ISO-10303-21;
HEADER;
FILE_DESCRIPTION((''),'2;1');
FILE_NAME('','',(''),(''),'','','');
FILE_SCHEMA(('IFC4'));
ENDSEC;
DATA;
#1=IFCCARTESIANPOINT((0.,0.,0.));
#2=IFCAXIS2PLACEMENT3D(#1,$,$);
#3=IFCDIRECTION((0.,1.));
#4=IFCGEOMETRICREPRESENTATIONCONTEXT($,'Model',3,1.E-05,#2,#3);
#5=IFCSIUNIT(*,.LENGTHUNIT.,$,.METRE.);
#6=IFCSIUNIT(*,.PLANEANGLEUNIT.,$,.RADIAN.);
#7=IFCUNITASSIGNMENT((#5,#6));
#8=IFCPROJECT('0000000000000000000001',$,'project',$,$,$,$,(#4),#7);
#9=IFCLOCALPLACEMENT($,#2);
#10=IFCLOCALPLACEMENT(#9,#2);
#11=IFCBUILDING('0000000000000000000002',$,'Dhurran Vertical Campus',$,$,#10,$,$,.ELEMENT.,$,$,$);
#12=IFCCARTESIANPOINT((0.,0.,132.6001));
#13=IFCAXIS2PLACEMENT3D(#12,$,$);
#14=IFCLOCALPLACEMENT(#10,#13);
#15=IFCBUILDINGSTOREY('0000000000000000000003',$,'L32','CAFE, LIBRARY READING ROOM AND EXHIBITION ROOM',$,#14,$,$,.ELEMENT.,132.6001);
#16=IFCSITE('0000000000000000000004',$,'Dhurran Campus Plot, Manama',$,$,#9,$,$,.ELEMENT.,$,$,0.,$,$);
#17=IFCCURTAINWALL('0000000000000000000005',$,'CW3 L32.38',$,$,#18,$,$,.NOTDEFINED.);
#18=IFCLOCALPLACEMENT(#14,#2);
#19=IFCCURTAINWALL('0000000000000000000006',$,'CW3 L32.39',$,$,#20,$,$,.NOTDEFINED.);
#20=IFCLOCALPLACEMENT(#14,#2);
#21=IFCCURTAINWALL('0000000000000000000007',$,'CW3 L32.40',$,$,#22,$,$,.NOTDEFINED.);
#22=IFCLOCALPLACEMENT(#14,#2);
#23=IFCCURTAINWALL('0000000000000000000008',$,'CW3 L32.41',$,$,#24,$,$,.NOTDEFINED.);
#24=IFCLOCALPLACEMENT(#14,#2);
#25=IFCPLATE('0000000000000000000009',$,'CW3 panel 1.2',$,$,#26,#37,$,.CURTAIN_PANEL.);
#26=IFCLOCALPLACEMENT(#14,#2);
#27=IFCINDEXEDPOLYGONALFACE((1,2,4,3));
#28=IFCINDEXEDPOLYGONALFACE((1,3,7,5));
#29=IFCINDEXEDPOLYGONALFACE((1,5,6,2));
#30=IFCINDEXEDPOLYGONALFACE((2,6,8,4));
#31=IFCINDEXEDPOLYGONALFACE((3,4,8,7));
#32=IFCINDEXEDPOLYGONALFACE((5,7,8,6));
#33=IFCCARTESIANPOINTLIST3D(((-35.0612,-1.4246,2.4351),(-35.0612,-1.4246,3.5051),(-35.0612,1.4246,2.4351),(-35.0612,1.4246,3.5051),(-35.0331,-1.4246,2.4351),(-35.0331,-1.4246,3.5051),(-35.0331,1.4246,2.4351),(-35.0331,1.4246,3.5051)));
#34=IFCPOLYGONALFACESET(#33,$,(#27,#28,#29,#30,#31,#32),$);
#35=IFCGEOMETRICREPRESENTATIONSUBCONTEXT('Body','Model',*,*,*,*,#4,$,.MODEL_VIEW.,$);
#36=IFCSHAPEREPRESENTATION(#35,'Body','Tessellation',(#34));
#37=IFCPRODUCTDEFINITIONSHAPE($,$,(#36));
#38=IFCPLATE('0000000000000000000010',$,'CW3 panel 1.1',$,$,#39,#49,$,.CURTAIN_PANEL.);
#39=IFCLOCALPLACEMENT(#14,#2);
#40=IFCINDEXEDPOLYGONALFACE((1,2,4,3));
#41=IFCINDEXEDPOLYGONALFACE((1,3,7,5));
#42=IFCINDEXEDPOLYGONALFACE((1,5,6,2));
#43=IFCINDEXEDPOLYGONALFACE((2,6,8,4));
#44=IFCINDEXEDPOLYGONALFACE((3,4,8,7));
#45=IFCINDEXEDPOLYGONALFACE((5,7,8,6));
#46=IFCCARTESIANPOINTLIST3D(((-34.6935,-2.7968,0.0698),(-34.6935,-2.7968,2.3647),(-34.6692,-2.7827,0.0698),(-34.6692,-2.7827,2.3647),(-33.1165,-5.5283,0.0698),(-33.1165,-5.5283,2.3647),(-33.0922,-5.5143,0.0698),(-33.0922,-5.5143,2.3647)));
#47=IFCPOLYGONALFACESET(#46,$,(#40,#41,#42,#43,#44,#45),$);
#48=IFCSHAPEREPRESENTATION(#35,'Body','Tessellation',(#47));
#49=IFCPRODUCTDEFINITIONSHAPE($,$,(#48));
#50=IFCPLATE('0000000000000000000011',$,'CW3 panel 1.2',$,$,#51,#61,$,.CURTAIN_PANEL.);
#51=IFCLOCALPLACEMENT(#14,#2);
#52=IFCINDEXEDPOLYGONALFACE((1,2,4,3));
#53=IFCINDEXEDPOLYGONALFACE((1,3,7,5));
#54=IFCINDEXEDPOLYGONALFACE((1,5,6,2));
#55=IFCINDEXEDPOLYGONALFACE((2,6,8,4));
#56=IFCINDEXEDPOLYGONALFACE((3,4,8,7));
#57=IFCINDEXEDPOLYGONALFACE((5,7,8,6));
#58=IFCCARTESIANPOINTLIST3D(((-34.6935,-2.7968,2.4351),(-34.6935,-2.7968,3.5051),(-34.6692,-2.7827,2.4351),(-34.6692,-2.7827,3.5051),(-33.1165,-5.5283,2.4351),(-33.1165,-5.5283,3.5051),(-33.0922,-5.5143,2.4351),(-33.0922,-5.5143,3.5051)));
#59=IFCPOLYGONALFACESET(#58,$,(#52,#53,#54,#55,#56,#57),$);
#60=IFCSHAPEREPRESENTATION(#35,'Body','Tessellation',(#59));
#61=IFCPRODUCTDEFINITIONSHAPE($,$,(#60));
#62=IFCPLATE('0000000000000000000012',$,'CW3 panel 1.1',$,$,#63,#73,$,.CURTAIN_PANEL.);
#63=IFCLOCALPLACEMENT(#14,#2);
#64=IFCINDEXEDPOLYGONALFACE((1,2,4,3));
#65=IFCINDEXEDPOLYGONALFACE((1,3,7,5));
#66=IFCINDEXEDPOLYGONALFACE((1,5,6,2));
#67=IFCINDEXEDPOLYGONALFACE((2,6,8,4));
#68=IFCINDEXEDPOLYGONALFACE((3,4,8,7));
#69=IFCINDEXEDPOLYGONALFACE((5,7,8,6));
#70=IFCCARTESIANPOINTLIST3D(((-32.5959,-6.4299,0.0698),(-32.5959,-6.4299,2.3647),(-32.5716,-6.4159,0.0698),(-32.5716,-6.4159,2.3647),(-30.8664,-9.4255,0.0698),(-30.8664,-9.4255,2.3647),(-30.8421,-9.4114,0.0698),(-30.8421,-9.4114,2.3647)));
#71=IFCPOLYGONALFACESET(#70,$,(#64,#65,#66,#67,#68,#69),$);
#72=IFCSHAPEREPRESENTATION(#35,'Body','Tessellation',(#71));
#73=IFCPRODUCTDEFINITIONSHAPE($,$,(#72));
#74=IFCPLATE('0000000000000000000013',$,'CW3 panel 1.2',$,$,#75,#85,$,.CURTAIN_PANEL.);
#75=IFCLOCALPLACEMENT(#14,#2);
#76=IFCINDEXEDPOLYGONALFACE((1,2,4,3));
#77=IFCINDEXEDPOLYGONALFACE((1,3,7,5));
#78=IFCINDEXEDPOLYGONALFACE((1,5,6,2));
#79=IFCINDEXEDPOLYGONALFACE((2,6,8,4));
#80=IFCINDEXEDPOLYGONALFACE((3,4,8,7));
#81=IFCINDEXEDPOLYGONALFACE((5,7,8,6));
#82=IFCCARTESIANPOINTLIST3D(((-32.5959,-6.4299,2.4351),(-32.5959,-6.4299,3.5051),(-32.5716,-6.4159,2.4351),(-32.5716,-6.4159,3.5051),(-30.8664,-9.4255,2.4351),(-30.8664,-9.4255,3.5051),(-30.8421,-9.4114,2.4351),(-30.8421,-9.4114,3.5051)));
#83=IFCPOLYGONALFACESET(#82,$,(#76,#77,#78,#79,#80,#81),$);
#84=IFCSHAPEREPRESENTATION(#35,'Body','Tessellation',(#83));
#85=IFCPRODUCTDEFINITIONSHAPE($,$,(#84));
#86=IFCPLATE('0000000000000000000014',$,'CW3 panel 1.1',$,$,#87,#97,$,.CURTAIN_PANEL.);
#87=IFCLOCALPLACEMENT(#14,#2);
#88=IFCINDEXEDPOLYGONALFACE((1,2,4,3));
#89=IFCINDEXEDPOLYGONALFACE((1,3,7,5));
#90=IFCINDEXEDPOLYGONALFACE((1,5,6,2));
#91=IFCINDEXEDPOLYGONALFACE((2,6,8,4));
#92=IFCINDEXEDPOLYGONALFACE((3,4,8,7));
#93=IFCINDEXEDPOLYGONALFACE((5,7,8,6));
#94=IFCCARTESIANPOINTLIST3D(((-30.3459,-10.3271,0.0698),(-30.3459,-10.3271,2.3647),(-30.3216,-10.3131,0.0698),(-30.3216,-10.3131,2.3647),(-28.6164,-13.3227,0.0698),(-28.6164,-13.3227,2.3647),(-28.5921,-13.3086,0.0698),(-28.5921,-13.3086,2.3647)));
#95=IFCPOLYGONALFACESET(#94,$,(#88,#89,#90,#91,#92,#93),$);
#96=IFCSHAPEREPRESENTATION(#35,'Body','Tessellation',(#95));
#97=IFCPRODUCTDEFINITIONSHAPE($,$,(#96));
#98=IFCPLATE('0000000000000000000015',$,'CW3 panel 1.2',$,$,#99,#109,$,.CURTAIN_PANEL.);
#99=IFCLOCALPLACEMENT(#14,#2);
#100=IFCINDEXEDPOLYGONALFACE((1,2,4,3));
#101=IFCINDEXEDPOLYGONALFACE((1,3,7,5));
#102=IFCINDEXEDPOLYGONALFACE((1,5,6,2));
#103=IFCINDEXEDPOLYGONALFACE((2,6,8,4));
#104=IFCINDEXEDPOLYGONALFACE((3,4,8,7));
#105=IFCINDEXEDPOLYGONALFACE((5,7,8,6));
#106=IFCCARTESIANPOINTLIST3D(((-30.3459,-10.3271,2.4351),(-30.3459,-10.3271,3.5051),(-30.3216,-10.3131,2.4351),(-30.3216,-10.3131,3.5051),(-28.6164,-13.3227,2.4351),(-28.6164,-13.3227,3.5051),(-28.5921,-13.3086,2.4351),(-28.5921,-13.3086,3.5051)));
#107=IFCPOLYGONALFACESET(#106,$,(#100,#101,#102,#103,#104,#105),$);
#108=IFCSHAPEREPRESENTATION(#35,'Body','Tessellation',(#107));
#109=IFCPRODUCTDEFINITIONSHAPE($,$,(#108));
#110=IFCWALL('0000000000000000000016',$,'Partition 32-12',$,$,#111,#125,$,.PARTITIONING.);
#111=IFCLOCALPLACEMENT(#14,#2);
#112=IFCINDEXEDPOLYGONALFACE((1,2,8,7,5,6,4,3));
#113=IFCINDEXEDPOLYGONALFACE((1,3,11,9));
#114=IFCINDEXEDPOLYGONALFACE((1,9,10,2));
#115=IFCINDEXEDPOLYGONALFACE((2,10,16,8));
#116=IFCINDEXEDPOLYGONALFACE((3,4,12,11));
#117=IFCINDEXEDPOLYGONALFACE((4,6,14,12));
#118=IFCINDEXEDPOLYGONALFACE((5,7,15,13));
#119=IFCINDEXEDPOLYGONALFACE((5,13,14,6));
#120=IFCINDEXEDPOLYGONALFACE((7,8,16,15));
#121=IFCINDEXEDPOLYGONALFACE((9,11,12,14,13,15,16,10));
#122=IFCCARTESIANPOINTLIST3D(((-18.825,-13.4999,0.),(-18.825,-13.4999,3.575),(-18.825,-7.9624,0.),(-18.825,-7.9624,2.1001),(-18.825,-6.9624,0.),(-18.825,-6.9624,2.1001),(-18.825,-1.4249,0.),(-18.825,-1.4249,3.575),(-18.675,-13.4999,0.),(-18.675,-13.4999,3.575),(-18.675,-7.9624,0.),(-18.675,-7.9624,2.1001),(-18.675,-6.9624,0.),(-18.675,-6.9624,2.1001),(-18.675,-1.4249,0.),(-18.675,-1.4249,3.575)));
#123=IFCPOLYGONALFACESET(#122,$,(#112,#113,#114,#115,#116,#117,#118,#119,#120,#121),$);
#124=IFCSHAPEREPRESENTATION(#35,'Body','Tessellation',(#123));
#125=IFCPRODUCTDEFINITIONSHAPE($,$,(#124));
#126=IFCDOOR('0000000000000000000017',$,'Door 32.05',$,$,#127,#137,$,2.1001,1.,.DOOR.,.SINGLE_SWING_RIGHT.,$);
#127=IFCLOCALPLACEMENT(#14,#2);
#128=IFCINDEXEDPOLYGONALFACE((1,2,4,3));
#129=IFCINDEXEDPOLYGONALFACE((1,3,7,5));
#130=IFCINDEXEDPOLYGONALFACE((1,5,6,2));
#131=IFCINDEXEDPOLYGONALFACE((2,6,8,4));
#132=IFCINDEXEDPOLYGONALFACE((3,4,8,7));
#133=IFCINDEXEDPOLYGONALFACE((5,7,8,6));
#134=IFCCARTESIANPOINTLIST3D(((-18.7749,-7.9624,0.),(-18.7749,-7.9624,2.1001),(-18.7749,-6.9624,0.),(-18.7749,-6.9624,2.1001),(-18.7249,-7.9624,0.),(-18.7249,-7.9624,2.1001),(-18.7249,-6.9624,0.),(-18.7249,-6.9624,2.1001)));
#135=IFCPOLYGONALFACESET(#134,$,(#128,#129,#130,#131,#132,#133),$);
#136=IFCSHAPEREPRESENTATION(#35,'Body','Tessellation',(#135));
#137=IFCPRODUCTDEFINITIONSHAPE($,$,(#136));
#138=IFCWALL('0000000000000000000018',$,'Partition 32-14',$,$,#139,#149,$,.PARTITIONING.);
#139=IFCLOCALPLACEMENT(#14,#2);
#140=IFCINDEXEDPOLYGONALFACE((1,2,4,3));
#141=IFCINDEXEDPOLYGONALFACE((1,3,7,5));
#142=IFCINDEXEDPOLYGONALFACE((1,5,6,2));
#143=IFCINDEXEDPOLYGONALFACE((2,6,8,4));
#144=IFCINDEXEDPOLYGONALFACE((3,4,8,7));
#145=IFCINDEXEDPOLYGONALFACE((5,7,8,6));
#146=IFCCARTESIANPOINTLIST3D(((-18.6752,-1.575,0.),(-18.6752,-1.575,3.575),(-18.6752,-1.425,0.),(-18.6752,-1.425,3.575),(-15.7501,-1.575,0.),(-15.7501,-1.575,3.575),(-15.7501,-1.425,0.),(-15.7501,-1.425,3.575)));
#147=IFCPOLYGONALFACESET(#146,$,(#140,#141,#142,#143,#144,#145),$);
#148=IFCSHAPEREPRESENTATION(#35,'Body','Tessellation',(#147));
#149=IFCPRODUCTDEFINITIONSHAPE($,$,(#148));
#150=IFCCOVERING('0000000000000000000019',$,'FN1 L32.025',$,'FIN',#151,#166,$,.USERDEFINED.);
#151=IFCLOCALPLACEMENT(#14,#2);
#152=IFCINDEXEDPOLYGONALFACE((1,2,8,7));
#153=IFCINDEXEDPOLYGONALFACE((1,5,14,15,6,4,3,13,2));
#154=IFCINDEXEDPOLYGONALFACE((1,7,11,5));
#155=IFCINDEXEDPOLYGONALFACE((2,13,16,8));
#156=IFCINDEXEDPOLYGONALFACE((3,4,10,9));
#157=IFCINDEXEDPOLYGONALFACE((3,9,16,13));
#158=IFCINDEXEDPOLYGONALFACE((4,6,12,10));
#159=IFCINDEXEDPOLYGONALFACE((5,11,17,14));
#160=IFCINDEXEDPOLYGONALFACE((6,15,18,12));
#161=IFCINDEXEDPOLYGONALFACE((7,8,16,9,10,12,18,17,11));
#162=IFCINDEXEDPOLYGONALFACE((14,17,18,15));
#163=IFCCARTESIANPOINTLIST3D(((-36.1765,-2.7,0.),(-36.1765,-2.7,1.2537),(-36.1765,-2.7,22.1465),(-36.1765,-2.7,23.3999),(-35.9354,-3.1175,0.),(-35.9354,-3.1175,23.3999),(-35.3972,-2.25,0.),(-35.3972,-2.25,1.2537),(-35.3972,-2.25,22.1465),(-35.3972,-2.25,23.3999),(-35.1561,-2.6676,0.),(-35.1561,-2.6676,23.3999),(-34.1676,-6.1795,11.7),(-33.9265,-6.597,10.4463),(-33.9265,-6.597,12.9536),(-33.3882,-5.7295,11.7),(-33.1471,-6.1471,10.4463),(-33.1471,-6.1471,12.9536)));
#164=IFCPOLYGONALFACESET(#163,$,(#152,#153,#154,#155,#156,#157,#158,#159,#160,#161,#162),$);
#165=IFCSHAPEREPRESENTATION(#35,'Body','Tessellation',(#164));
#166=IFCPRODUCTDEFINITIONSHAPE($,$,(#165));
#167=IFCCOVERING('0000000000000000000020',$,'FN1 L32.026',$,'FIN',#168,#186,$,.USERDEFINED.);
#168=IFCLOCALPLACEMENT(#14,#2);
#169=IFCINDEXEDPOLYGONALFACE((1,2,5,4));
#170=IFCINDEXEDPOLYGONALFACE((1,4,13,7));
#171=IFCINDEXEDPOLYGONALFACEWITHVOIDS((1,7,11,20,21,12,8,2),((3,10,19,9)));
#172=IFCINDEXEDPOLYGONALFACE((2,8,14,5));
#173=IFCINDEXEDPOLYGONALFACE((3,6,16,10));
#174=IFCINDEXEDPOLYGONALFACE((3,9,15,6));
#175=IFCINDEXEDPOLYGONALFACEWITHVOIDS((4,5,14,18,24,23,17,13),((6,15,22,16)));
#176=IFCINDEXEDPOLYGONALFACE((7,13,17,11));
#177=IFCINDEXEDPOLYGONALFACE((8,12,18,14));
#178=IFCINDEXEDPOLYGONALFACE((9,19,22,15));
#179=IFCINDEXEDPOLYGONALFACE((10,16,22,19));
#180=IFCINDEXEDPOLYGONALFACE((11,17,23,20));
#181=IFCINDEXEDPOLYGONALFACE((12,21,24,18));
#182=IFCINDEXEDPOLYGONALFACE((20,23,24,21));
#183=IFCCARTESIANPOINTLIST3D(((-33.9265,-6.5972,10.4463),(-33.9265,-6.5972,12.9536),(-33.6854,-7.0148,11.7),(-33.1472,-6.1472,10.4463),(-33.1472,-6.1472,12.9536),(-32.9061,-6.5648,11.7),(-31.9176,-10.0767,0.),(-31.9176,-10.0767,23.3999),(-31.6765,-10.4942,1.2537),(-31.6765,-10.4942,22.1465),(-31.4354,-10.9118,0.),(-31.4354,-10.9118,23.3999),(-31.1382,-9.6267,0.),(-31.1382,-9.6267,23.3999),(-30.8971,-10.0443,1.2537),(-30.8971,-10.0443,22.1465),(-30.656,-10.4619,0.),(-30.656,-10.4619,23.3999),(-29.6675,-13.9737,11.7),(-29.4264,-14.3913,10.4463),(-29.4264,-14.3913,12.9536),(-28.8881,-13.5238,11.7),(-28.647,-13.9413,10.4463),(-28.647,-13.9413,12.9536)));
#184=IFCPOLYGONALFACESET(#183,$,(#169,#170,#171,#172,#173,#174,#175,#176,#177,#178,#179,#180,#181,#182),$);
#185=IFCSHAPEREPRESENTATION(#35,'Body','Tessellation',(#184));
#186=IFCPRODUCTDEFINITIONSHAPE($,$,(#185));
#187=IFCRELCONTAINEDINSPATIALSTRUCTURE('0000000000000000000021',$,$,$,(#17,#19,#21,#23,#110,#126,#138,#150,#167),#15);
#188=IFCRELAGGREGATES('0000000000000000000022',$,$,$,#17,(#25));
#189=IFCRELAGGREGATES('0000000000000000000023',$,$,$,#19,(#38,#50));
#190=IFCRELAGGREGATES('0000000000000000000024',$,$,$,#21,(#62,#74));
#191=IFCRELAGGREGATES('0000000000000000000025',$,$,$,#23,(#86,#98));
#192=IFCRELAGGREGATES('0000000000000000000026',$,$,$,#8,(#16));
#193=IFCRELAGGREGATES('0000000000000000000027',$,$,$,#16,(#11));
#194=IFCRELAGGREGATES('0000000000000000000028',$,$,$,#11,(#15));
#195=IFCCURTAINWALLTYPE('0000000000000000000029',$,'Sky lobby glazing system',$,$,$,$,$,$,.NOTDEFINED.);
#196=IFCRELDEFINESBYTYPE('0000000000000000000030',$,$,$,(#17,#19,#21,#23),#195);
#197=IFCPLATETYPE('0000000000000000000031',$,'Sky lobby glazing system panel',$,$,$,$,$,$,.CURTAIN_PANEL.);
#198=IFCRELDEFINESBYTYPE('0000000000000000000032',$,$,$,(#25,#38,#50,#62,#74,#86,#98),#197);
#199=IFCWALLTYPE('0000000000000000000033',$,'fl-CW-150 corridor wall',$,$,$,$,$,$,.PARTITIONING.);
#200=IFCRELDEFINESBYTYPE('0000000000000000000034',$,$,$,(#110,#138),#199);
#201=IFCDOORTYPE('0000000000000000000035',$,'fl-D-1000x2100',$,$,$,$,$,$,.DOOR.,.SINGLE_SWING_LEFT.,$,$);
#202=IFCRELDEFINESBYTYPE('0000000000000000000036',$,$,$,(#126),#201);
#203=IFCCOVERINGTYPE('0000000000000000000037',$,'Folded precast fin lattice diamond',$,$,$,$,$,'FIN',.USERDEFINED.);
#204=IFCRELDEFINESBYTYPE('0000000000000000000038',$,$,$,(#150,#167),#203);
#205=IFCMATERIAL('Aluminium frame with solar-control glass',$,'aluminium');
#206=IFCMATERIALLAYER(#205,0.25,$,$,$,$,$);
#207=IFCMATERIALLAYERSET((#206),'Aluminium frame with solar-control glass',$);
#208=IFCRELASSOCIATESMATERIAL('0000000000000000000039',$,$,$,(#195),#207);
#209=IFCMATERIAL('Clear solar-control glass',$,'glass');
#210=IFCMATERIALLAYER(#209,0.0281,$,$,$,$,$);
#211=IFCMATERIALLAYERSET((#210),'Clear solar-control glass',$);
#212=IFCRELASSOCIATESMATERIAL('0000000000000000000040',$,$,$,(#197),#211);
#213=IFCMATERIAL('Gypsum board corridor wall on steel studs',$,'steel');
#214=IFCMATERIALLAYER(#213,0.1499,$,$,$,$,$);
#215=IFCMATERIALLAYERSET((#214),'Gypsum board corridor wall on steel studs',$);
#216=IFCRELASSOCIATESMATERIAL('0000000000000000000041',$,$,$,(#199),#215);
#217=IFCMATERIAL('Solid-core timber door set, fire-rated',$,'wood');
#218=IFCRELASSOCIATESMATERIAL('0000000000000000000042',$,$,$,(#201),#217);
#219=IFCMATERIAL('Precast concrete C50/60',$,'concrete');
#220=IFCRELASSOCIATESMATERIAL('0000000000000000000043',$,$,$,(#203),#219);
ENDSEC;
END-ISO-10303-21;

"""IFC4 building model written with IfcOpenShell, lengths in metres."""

from ifc_helpers import new_model, si_unit, direction, frame, frame_2d, origin, origin_2d, place, context, subcontext, project, spatial, polyline, rectangle, outline, extrude, material, layer, layer_set, type_object, element, fill, aggregate, save


model = new_model("IFC4")

# Units and contexts
model_context = context("Model", 3, precision=1e-05, world=origin(), true_north=direction((0.0, 1.0)))
body_context = subcontext(model_context, "Body", "Model", "MODEL_VIEW")
ifc_project = project(units=[si_unit("LENGTHUNIT", "METRE"), si_unit("PLANEANGLEUNIT", "RADIAN")], contexts=[model_context])

# Site, building, storey
site_placement = place(None, origin())
site = spatial("IfcSite", under=ifc_project, at=site_placement, Name="Dhurran Campus Plot, Manama", CompositionType="ELEMENT", RefElevation=0.0)
building_placement = place(site_placement, origin())
building = spatial("IfcBuilding", under=site, at=building_placement, Name="Dhurran Vertical Campus", CompositionType="ELEMENT")
storey_placement = place(building_placement, frame((0.0, 0.0, 132.6001)))
storey = spatial("IfcBuildingStorey", under=building, at=storey_placement, Name="L32", Description="CAFE, LIBRARY READING ROOM AND EXHIBITION ROOM", CompositionType="ELEMENT", Elevation=132.6001)

# Curtain wall
ifc_material_1 = material(Name="Aluminium frame with solar-control glass", Category="aluminium")
ifc_layer_1 = layer(ifc_material_1, 0.25)
ifc_layer_set_1 = layer_set([ifc_layer_1], Name="Aluminium frame with solar-control glass")
curtain_wall_type = type_object("IfcCurtainWallType", Name="Sky lobby glazing system", PredefinedType="NOTDEFINED", material=ifc_layer_set_1)
curtain_wall_1_placement = place(storey_placement, origin())
curtain_wall_1 = element("IfcCurtainWall", 1, at=curtain_wall_1_placement, inside=storey, type_object=curtain_wall_type, Name="CW3 L32.38", PredefinedType="NOTDEFINED")

# Curtain walls
curtain_wall_2_placement = place(storey_placement, origin())
curtain_wall_2 = element("IfcCurtainWall", 2, at=curtain_wall_2_placement, inside=storey, type_object=curtain_wall_type, Name="CW3 L32.39", PredefinedType="NOTDEFINED")
curtain_wall_3_placement = place(storey_placement, origin())
curtain_wall_3 = element("IfcCurtainWall", 3, at=curtain_wall_3_placement, inside=storey, type_object=curtain_wall_type, Name="CW3 L32.40", PredefinedType="NOTDEFINED")
curtain_wall_4_placement = place(storey_placement, origin())
curtain_wall_4 = element("IfcCurtainWall", 4, at=curtain_wall_4_placement, inside=storey, type_object=curtain_wall_type, Name="CW3 L32.41", PredefinedType="NOTDEFINED")

# Plates
ifc_material_2 = material(Name="Clear solar-control glass", Category="glass")
ifc_layer_2 = layer(ifc_material_2, 0.0281)
ifc_layer_set_2 = layer_set([ifc_layer_2], Name="Clear solar-control glass")
plate_type = type_object("IfcPlateType", Name="Sky lobby glazing system panel", PredefinedType="CURTAIN_PANEL", material=ifc_layer_set_2)
plate_1_placement = place(storey_placement, frame((-35.0471, 0.0, 2.4351), z_axis=(0.0, 0.0, 1.0), x_axis=(0.0, -1.0, 0.0)))
plate_1 = element("IfcPlate", 5, at=plate_1_placement, type_object=plate_type, Name="CW3 panel 1.2", PredefinedType="CURTAIN_PANEL", context=body_context, shape_type="SweptSolid", body=[
    extrude(rectangle(XDim=2.8491, YDim=0.0281, at=origin_2d()), origin(), (0.0, 0.0, 1.0), 1.0701),
])
aggregate(curtain_wall_1, [plate_1])
plate_2_placement = place(storey_placement, frame((-33.8928, -4.1555, 0.0698), z_axis=(0.0, 0.0, 1.0), x_axis=(0.499985, -0.866034, 0.0)))
plate_2 = element("IfcPlate", 6, at=plate_2_placement, type_object=plate_type, Name="CW3 panel 1.1", PredefinedType="CURTAIN_PANEL", context=body_context, shape_type="SweptSolid", body=[
    extrude(rectangle(XDim=3.1541, YDim=0.0281, at=origin_2d()), origin(), (0.0, 0.0, 1.0), 2.2949),
])
plate_3_placement = place(storey_placement, frame((-33.8928, -4.1555, 2.4351), z_axis=(0.0, 0.0, 1.0), x_axis=(0.499985, -0.866034, 0.0)))
plate_3 = element("IfcPlate", 7, at=plate_3_placement, type_object=plate_type, Name="CW3 panel 1.2", PredefinedType="CURTAIN_PANEL", context=body_context, shape_type="SweptSolid", body=[
    extrude(rectangle(XDim=3.1541, YDim=0.0281, at=origin_2d()), origin(), (0.0, 0.0, 1.0), 1.0701),
])
aggregate(curtain_wall_2, [plate_2, plate_3])
plate_4_placement = place(storey_placement, frame((-31.719, -7.9207, 0.0698), z_axis=(0.0, 0.0, 1.0), x_axis=(0.500003, -0.866024, 0.0)))
plate_4 = element("IfcPlate", 8, at=plate_4_placement, type_object=plate_type, Name="CW3 panel 1.1", PredefinedType="CURTAIN_PANEL", context=body_context, shape_type="SweptSolid", body=[
    extrude(rectangle(XDim=3.459, YDim=0.0281, at=origin_2d()), origin(), (0.0, 0.0, 1.0), 2.2949),
])
plate_5_placement = place(storey_placement, frame((-31.719, -7.9207, 2.4351), z_axis=(0.0, 0.0, 1.0), x_axis=(0.500003, -0.866024, 0.0)))
plate_5 = element("IfcPlate", 9, at=plate_5_placement, type_object=plate_type, Name="CW3 panel 1.2", PredefinedType="CURTAIN_PANEL", context=body_context, shape_type="SweptSolid", body=[
    extrude(rectangle(XDim=3.459, YDim=0.0281, at=origin_2d()), origin(), (0.0, 0.0, 1.0), 1.0701),
])
aggregate(curtain_wall_3, [plate_4, plate_5])
plate_6_placement = place(storey_placement, frame((-29.469, -11.8179, 0.0698), z_axis=(0.0, 0.0, 1.0), x_axis=(0.500003, -0.866024, 0.0)))
plate_6 = element("IfcPlate", 10, at=plate_6_placement, type_object=plate_type, Name="CW3 panel 1.1", PredefinedType="CURTAIN_PANEL", context=body_context, shape_type="SweptSolid", body=[
    extrude(rectangle(XDim=3.459, YDim=0.0281, at=origin_2d()), origin(), (0.0, 0.0, 1.0), 2.2949),
])
plate_7_placement = place(storey_placement, frame((-29.469, -11.8179, 2.4351), z_axis=(0.0, 0.0, 1.0), x_axis=(0.500003, -0.866024, 0.0)))
plate_7 = element("IfcPlate", 11, at=plate_7_placement, type_object=plate_type, Name="CW3 panel 1.2", PredefinedType="CURTAIN_PANEL", context=body_context, shape_type="SweptSolid", body=[
    extrude(rectangle(XDim=3.459, YDim=0.0281, at=origin_2d()), origin(), (0.0, 0.0, 1.0), 1.0701),
])
aggregate(curtain_wall_4, [plate_6, plate_7])

# Wall, opening, door
ifc_material_3 = material(Name="Gypsum board corridor wall on steel studs", Category="steel")
ifc_layer_3 = layer(ifc_material_3, 0.1499)
ifc_layer_set_3 = layer_set([ifc_layer_3], Name="Gypsum board corridor wall on steel studs")
wall_type = type_object("IfcWallType", Name="fl-CW-150 corridor wall", PredefinedType="PARTITIONING", material=ifc_layer_set_3)
wall_1_placement = place(storey_placement, frame((-18.75, -13.5, 0.0), z_axis=(0.0, 0.0, 1.0), x_axis=(0.0, 1.0, 0.0)))
wall_1 = element("IfcWall", 12, at=wall_1_placement, inside=storey, type_object=wall_type, Name="Partition 32-12", PredefinedType="PARTITIONING", context=body_context, shape_type="SweptSolid", body=[
    extrude(rectangle(XDim=12.075, YDim=0.1499, at=frame_2d((6.0376, 0.0))), origin(), (0.0, 0.0, 1.0), 3.575),
])
opening_placement = place(wall_1_placement, frame((5.5376, 0.0, 0.0)))
opening = element("IfcOpeningElement", 13, at=opening_placement, cuts=wall_1, PredefinedType="OPENING", context=body_context, shape_type="SweptSolid", body=[
    extrude(rectangle(XDim=1.0, YDim=2.1001, at=frame_2d((0.5, 1.05))), frame((0.0, 0.085, 0.0), z_axis=(0.0, -1.0, 0.0), x_axis=(1.0, 0.0, 0.0)), (0.0, 0.0, 1.0), 0.1699),
])
ifc_material_4 = material(Name="Solid-core timber door set, fire-rated", Category="wood")
door_type = type_object("IfcDoorType", Name="fl-D-1000x2100", OperationType="SINGLE_SWING_LEFT", PredefinedType="DOOR", material=ifc_material_4)
door_placement = place(opening_placement, origin())
door = element("IfcDoor", 14, at=door_placement, inside=storey, type_object=door_type, Name="Door 32.05", OperationType="SINGLE_SWING_RIGHT", OverallHeight=2.1001, OverallWidth=1.0, PredefinedType="DOOR", context=body_context, shape_type="SweptSolid", body=[
    extrude(rectangle(XDim=1.0, YDim=2.1001, at=frame_2d((0.5, 1.05))), frame((0.0, 0.0249, 0.0), z_axis=(0.0, -1.0, 0.0), x_axis=(1.0, 0.0, 0.0)), (0.0, 0.0, 1.0), 0.05),
])
fill(opening, door)

# Wall
wall_2_placement = place(storey_placement, frame((-18.675, -1.5, 0.0), z_axis=(0.0, 0.0, 1.0), x_axis=(1.0, 0.0, 0.0)))
element("IfcWall", 15, at=wall_2_placement, inside=storey, type_object=wall_type, Name="Partition 32-14", PredefinedType="PARTITIONING", context=body_context, shape_type="SweptSolid", body=[
    extrude(rectangle(XDim=2.925, YDim=0.1499, at=frame_2d((1.4624, 0.0))), origin(), (0.0, 0.0, 1.0), 3.575),
])

# Coverings
ifc_material_5 = material(Name="Precast concrete C50/60", Category="concrete")
covering_type = type_object("IfcCoveringType", Name="Folded precast fin lattice diamond", ElementType="FIN", PredefinedType="USERDEFINED", material=ifc_material_5)
covering_placement = place(storey_placement, frame((-35.3972, -2.25, 0.0), z_axis=(-0.866014, -0.50002, 0.0), x_axis=(0.50002, -0.866014, 0.0)))
element("IfcCovering", 16, at=covering_placement, inside=storey, type_object=covering_type, Name="FN1 L32.025", ObjectType="FIN", PredefinedType="USERDEFINED", context=body_context, shape_type="SweptSolid", body=[
    extrude(outline(polyline([(4.5, 10.4463), (0.4822, 0.0), (0.0, 0.0), (0.0, 1.2537), (4.0178, 11.7), (0.0, 22.1465), (0.0, 23.3999), (0.4822, 23.3999), (4.5, 12.9536), (4.5, 10.4463)])), origin(), (0.0, 0.0, 1.0), 0.8999),
])
for number, where, z_axis, x_axis, name in (
    (17, (-33.1472, -6.1472, 0.0), (-0.866014, -0.50002, 0.0), (0.50002, -0.866014, 0.0), "FN1 L32.026"),
):
    element("IfcCovering", number, at=place(storey_placement, frame(where, z_axis=z_axis, x_axis=x_axis)), inside=storey, type_object=covering_type, Name=name, ObjectType="FIN", PredefinedType="USERDEFINED", context=body_context, shape_type="SweptSolid", body=[
        extrude(outline(polyline([(9.0, 12.9536), (9.0, 10.4463), (4.9822, 0.0), (4.0178, 0.0), (0.0, 10.4463), (0.0, 12.9536), (4.0178, 23.3999), (4.9822, 23.3999), (9.0, 12.9536)]), holes=[polyline([(8.5178, 11.7), (4.5, 22.1465), (0.4822, 11.7), (4.5, 1.2537), (8.5178, 11.7)])]), origin(), (0.0, 0.0, 1.0), 0.8999),
    ])

save(model, "model.ifc")
